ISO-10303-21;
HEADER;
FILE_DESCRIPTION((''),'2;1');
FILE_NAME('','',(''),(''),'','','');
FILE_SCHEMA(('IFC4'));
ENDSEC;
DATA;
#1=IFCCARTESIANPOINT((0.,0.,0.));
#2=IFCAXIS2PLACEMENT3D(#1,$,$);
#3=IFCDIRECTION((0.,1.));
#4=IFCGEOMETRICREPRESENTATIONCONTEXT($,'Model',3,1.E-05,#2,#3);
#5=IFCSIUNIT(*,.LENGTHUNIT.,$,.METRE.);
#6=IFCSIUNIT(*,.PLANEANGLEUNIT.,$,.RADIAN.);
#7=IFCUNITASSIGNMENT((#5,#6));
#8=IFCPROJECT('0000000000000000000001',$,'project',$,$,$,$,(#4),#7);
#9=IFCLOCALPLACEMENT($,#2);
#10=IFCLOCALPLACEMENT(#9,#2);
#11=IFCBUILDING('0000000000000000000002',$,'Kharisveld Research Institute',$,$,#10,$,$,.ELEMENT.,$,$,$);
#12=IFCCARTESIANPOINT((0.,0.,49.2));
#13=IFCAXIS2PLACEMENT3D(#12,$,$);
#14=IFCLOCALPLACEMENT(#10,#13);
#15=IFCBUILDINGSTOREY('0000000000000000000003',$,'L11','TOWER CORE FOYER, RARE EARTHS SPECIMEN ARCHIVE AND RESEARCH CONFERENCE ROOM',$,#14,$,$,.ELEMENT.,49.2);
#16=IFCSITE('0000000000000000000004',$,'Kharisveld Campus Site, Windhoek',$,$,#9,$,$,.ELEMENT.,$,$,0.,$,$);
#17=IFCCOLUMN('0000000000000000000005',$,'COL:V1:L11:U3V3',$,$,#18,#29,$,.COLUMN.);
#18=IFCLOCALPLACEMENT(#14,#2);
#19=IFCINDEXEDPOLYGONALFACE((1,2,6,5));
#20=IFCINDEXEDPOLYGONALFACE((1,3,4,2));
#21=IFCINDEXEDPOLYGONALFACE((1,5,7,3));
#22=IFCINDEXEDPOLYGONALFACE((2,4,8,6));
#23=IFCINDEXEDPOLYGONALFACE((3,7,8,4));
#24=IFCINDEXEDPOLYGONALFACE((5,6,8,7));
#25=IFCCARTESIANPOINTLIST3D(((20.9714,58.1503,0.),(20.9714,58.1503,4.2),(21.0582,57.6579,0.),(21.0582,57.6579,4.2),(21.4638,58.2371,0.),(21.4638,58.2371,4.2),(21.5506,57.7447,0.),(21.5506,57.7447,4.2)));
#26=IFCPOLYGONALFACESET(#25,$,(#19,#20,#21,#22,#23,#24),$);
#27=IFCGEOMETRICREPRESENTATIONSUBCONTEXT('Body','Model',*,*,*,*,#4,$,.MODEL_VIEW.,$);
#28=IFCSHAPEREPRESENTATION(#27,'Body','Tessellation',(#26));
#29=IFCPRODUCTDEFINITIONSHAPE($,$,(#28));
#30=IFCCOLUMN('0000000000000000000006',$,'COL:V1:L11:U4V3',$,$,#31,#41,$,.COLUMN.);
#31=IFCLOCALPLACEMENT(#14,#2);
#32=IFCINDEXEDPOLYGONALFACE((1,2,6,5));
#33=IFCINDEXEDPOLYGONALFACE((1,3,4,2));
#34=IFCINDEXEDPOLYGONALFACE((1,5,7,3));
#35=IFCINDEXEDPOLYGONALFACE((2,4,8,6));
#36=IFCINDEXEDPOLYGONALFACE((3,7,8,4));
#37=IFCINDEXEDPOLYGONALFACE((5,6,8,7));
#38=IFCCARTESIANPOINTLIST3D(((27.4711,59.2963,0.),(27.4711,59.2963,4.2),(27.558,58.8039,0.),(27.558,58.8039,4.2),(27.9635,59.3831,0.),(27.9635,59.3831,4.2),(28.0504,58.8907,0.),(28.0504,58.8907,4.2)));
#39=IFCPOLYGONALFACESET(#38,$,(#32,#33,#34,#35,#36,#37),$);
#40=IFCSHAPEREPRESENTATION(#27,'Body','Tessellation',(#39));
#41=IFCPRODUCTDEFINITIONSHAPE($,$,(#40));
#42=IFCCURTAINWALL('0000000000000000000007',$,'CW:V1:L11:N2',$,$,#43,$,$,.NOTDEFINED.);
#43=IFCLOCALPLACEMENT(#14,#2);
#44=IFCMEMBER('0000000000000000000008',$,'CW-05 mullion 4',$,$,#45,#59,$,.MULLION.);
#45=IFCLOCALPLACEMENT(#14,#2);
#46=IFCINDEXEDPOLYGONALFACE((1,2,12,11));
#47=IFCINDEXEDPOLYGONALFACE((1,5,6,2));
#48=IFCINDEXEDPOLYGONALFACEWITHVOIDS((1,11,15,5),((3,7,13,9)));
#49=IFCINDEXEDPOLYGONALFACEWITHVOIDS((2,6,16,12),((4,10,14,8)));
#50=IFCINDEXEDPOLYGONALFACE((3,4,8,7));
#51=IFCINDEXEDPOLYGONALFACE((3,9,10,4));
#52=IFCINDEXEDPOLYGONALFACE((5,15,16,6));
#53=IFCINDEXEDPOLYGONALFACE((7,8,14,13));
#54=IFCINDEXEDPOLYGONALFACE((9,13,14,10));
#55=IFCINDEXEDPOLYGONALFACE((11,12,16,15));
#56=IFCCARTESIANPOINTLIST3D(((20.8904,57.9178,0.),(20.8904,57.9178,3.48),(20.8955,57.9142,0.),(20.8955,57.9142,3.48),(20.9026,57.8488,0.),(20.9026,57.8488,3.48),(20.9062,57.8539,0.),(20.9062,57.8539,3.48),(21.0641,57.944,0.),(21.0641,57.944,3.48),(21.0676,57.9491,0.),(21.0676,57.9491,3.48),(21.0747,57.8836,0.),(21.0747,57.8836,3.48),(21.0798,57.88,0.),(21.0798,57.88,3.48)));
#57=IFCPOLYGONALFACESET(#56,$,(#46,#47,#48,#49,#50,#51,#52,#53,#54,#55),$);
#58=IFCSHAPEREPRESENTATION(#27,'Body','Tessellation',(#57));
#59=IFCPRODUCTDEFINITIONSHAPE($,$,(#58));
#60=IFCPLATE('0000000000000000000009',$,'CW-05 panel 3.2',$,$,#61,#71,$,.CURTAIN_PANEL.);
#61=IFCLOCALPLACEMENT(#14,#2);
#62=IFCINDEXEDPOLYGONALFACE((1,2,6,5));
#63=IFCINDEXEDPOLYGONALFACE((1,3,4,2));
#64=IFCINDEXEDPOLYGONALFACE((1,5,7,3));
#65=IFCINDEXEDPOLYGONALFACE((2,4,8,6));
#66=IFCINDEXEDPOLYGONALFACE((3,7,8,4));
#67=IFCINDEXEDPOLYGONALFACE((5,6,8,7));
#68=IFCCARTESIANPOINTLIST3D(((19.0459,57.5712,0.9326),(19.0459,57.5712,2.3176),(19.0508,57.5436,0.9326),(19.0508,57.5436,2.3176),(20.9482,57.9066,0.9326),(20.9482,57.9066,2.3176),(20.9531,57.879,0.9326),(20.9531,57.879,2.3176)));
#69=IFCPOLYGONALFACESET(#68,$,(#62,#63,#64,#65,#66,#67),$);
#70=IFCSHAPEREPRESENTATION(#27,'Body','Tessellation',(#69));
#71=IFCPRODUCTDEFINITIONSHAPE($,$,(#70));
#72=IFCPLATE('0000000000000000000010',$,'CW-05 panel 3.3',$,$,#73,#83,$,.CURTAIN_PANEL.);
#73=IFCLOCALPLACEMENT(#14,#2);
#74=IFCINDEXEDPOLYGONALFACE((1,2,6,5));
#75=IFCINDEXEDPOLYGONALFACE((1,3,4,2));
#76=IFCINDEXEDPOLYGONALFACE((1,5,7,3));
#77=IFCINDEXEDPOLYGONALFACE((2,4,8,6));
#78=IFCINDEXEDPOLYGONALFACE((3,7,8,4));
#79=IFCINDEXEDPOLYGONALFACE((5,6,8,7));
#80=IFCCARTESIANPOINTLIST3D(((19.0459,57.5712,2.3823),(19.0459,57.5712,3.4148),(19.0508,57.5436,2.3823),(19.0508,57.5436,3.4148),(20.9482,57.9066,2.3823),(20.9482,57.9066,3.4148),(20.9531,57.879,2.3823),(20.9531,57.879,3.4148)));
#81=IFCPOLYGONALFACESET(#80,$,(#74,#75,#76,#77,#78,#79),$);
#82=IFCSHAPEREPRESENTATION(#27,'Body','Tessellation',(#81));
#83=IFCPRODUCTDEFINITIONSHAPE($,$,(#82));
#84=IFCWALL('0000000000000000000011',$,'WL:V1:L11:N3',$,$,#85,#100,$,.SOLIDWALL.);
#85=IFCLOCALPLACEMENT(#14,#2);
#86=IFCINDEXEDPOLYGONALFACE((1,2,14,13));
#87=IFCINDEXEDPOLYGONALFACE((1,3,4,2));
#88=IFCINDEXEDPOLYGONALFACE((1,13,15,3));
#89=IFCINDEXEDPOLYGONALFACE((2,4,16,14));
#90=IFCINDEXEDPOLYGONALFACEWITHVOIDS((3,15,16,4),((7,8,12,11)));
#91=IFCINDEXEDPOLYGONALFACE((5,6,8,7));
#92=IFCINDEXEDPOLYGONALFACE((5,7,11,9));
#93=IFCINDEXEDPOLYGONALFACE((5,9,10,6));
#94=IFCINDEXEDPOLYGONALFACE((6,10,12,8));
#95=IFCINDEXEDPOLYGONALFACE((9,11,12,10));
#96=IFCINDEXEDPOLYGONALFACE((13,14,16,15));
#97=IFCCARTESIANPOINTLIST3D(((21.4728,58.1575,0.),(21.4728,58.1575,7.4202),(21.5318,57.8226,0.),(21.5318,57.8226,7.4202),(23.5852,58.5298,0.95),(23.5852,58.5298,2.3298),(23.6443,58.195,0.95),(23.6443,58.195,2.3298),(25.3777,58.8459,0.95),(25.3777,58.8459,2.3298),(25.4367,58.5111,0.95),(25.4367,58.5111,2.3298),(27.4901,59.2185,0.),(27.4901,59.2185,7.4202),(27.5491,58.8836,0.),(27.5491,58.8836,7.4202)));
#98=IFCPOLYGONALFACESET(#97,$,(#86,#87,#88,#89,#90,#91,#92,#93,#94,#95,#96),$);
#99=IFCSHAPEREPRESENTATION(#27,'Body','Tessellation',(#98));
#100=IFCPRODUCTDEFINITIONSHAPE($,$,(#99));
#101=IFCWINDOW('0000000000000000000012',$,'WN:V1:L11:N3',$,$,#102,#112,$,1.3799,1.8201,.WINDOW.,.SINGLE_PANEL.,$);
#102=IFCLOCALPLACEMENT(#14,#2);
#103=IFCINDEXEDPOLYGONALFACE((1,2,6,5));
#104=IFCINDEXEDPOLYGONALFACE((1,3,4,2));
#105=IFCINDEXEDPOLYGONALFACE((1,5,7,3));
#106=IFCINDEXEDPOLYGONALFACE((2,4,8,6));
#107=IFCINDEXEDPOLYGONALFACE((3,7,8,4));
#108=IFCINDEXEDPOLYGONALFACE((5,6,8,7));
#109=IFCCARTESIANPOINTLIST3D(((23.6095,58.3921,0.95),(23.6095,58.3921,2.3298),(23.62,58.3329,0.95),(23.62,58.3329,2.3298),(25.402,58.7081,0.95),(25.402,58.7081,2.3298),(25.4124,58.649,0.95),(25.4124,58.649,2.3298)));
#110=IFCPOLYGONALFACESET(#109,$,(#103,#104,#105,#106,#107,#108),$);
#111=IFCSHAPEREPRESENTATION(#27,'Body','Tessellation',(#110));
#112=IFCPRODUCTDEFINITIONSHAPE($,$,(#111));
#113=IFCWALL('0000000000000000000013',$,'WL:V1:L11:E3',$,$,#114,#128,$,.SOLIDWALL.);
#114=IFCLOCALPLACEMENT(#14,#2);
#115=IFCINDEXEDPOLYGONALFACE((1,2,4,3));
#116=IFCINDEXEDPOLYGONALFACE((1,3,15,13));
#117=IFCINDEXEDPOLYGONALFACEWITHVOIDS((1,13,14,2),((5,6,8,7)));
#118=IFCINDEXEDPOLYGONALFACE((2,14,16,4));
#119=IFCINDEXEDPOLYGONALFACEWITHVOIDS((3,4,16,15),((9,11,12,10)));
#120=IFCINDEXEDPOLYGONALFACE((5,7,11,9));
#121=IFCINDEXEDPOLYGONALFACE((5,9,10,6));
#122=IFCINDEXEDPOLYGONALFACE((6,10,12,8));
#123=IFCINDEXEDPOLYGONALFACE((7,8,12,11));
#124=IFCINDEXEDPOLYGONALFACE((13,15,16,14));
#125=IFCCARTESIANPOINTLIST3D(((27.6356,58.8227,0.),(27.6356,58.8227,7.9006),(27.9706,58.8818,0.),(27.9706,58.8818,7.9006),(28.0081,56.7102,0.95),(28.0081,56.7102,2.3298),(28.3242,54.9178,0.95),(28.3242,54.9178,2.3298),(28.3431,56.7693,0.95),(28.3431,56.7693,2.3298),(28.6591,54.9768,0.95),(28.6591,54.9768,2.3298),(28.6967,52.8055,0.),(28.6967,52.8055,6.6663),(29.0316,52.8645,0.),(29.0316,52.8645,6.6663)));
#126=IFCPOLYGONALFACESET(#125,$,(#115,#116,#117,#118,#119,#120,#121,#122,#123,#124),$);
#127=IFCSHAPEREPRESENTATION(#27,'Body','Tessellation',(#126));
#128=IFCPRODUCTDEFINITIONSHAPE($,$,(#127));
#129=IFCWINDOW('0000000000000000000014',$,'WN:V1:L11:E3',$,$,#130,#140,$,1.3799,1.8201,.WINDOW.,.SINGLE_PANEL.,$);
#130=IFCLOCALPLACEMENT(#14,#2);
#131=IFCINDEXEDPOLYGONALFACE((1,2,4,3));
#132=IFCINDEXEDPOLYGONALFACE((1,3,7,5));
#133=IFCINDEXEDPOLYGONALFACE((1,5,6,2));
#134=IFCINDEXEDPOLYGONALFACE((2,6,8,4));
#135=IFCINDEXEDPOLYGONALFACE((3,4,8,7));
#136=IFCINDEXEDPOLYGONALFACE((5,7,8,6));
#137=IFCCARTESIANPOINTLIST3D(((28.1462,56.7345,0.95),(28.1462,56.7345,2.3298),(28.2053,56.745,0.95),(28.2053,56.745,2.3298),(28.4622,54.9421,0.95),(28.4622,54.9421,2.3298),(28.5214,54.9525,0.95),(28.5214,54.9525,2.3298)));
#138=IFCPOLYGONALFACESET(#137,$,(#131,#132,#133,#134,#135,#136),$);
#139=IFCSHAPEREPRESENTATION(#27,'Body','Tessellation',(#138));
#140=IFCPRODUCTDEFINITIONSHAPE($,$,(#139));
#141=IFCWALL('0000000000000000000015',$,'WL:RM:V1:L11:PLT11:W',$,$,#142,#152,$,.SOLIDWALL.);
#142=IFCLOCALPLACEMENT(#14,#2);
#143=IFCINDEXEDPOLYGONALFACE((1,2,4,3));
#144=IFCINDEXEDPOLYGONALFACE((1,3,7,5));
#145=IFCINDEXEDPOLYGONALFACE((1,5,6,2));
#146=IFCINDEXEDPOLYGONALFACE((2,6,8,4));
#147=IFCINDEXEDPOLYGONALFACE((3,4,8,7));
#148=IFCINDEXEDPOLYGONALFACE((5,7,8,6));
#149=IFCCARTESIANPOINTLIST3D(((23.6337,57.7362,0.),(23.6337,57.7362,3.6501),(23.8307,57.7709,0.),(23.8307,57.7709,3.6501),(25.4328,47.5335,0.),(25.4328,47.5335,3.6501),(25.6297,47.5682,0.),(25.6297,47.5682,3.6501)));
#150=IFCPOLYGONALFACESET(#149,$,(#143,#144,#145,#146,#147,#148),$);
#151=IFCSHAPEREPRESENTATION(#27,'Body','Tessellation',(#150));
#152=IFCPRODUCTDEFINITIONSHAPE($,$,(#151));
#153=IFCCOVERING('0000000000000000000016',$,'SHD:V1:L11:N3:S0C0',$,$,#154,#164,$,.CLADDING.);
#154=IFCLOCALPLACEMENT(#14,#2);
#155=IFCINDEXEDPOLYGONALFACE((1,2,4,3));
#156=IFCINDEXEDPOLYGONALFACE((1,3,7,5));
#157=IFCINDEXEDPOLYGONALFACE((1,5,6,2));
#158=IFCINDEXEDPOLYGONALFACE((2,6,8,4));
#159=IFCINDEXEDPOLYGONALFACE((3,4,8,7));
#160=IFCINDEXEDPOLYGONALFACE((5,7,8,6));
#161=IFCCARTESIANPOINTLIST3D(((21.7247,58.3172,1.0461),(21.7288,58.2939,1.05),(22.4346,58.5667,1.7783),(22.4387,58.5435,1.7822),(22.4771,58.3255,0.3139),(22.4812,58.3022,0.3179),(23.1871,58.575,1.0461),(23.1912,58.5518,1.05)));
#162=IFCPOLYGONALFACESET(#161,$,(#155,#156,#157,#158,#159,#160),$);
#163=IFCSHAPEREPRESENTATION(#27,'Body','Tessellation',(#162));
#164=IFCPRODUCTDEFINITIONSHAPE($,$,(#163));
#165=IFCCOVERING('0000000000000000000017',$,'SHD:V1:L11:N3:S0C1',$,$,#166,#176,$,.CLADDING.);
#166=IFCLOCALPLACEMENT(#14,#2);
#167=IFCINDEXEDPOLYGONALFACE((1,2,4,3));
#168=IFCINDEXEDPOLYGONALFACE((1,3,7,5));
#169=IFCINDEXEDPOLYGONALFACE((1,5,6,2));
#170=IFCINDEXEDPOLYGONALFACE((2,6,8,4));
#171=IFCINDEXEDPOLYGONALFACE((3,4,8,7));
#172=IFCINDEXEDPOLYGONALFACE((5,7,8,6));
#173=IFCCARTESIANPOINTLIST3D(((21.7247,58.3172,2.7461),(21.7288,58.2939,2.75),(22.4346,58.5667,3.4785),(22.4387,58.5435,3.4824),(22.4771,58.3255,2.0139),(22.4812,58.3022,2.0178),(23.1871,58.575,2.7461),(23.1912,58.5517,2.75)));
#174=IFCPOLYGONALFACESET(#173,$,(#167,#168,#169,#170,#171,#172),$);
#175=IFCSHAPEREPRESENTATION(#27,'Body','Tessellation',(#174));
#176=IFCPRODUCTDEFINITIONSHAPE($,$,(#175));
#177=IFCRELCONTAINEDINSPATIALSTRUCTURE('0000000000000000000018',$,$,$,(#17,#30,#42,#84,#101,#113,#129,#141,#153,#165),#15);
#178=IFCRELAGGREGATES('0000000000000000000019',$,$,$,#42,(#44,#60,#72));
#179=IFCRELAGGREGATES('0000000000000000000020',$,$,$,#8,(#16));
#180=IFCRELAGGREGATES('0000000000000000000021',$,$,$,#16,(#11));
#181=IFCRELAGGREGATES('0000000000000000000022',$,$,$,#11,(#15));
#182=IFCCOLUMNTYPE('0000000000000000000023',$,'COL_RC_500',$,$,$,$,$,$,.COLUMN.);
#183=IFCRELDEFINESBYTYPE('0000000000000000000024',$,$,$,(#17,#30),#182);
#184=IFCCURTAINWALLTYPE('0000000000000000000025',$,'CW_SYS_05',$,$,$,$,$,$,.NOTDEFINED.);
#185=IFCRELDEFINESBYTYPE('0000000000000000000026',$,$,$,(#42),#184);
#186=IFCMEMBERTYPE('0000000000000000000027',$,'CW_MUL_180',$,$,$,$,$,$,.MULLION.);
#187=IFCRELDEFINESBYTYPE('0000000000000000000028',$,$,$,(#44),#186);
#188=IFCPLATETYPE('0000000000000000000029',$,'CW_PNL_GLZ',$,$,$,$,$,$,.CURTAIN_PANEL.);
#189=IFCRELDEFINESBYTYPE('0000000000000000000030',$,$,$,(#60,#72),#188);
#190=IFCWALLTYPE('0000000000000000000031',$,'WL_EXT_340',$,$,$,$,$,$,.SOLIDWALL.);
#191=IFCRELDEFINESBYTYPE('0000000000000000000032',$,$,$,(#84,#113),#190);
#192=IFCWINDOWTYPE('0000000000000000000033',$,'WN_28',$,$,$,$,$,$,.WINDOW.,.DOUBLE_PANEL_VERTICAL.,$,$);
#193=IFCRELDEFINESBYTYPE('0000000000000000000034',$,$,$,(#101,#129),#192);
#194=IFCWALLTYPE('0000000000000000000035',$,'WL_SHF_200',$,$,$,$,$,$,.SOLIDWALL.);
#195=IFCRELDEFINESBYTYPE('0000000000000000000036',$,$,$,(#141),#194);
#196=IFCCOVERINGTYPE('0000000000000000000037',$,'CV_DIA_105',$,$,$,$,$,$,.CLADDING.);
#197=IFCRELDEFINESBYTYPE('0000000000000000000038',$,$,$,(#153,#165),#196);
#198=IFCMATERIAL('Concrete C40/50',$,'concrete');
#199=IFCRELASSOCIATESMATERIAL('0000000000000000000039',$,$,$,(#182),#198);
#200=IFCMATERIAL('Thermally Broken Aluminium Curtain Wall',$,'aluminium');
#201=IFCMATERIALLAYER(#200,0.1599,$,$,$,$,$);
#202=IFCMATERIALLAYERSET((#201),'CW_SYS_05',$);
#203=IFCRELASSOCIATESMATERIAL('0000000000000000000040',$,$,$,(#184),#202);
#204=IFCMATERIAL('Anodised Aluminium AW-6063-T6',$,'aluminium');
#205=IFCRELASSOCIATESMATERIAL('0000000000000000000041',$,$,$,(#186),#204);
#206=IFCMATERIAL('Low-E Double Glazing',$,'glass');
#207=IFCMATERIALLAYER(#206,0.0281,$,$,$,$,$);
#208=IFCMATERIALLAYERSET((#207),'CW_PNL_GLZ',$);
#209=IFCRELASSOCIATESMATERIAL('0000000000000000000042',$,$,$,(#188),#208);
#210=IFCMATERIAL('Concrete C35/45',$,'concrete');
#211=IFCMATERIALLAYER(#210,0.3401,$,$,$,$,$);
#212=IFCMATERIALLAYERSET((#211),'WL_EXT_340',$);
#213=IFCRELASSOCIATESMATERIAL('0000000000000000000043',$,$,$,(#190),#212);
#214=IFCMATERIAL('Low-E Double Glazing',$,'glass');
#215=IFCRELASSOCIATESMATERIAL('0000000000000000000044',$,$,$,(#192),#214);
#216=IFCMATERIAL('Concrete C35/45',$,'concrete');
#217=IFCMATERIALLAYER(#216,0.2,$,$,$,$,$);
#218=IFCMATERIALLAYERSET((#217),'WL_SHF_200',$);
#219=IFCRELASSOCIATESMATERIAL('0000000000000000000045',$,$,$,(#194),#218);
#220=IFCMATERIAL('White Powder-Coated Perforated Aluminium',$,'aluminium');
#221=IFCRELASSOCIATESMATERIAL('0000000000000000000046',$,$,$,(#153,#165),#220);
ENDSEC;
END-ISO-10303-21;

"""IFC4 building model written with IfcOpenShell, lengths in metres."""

from ifc_helpers import new_model, si_unit, direction, frame, frame_2d, origin, origin_2d, place, context, subcontext, project, spatial, polyline, rectangle, hollow_rectangle, outline, extrude, material, layer, layer_set, material_profile, profile_set, type_object, element, fill, aggregate, save


model = new_model("IFC4")

# Units and contexts
model_context = context("Model", 3, precision=1e-05, world=origin(), true_north=direction((0.0, 1.0)))
body_context = subcontext(model_context, "Body", "Model", "MODEL_VIEW")
ifc_project = project(units=[si_unit("LENGTHUNIT", "METRE"), si_unit("PLANEANGLEUNIT", "RADIAN")], contexts=[model_context])

# Site, building, storey
site_placement = place(None, origin())
site = spatial("IfcSite", under=ifc_project, at=site_placement, Name="Kharisveld Campus Site, Windhoek", CompositionType="ELEMENT", RefElevation=0.0)
building_placement = place(site_placement, origin())
building = spatial("IfcBuilding", under=site, at=building_placement, Name="Kharisveld Research Institute", CompositionType="ELEMENT")
storey_placement = place(building_placement, frame((0.0, 0.0, 49.2)))
storey = spatial("IfcBuildingStorey", under=building, at=storey_placement, Name="L11", Description="TOWER CORE FOYER, RARE EARTHS SPECIMEN ARCHIVE AND RESEARCH CONFERENCE ROOM", CompositionType="ELEMENT", Elevation=49.2)

# Columns
ifc_material_1 = material(Name="Concrete C40/50", Category="concrete")
ifc_material_profile_1 = material_profile(ifc_material_1, rectangle(XDim=0.5, YDim=0.5, at=origin_2d()))
ifc_profile_set_1 = profile_set([ifc_material_profile_1], Name="Concrete C40/50")
column_type = type_object("IfcColumnType", Name="COL_RC_500", PredefinedType="COLUMN", material=ifc_profile_set_1)
for number, where, z_axis, x_axis, name in (
    (1, (21.261, 57.9475, 0.0), (0.0, 0.0, 1.0), (0.984808, 0.173648, 0.0), "COL:V1:L11:U3V3"),
    (2, (27.7607, 59.0935, 0.0), (0.0, 0.0, 1.0), (0.984808, 0.173648, 0.0), "COL:V1:L11:U4V3"),
):
    element("IfcColumn", number, at=place(storey_placement, frame(where, z_axis=z_axis, x_axis=x_axis)), inside=storey, type_object=column_type, Name=name, PredefinedType="COLUMN", context=body_context, shape_type="SweptSolid", body=[
        extrude(rectangle(XDim=0.5, YDim=0.5, at=origin_2d()), origin(), (0.0, 0.0, 1.0), 4.2),
    ])

# Curtain wall, member, plates
ifc_material_2 = material(Name="Thermally Broken Aluminium Curtain Wall", Category="aluminium")
ifc_layer_1 = layer(ifc_material_2, 0.1599)
ifc_layer_set_1 = layer_set([ifc_layer_1], Name="CW_SYS_05")
curtain_wall_type = type_object("IfcCurtainWallType", Name="CW_SYS_05", PredefinedType="NOTDEFINED", material=ifc_layer_set_1)
curtain_wall_placement = place(storey_placement, origin())
curtain_wall = element("IfcCurtainWall", 3, at=curtain_wall_placement, inside=storey, type_object=curtain_wall_type, Name="CW:V1:L11:N2", PredefinedType="NOTDEFINED")
ifc_material_3 = material(Name="Anodised Aluminium AW-6063-T6", Category="aluminium")
ifc_material_profile_2 = material_profile(ifc_material_3, hollow_rectangle(XDim=0.0701, YDim=0.1799, WallThickness=0.0044, at=origin_2d()))
ifc_profile_set_2 = profile_set([ifc_material_profile_2], Name="Anodised Aluminium AW-6063-T6")
member_type = type_object("IfcMemberType", Name="CW_MUL_180", PredefinedType="MULLION", material=ifc_profile_set_2)
member_placement = place(storey_placement, frame((20.9851, 57.8989, 0.0), z_axis=(0.0, 0.0, 1.0), x_axis=(-0.173648, 0.984808, 0.0)))
member = element("IfcMember", 4, at=member_placement, type_object=member_type, Name="CW-05 mullion 4", PredefinedType="MULLION", context=body_context, shape_type="SweptSolid", body=[
    extrude(hollow_rectangle(XDim=0.0701, YDim=0.1799, WallThickness=0.0044, at=origin_2d()), origin(), (0.0, 0.0, 1.0), 3.48),
])
ifc_material_4 = material(Name="Low-E Double Glazing", Category="glass")
ifc_layer_2 = layer(ifc_material_4, 0.0281)
ifc_layer_set_2 = layer_set([ifc_layer_2], Name="CW_PNL_GLZ")
plate_type = type_object("IfcPlateType", Name="CW_PNL_GLZ", PredefinedType="CURTAIN_PANEL", material=ifc_layer_set_2)
plate_1_placement = place(storey_placement, frame((19.9995, 57.7251, 0.9326), z_axis=(0.0, 0.0, 1.0), x_axis=(0.984808, 0.173648, 0.0)))
plate_1 = element("IfcPlate", 5, at=plate_1_placement, type_object=plate_type, Name="CW-05 panel 3.2", PredefinedType="CURTAIN_PANEL", context=body_context, shape_type="SweptSolid", body=[
    extrude(rectangle(XDim=1.9316, YDim=0.0281, at=origin_2d()), origin(), (0.0, 0.0, 1.0), 1.385),
])
plate_2_placement = place(storey_placement, frame((19.9995, 57.7251, 2.3823), z_axis=(0.0, 0.0, 1.0), x_axis=(0.984808, 0.173648, 0.0)))
plate_2 = element("IfcPlate", 6, at=plate_2_placement, type_object=plate_type, Name="CW-05 panel 3.3", PredefinedType="CURTAIN_PANEL", context=body_context, shape_type="SweptSolid", body=[
    extrude(rectangle(XDim=1.9316, YDim=0.0281, at=origin_2d()), origin(), (0.0, 0.0, 1.0), 1.0325),
])
aggregate(curtain_wall, [member, plate_1, plate_2])

# Walls, openings, windows
ifc_material_5 = material(Name="Concrete C35/45", Category="concrete")
ifc_layer_3 = layer(ifc_material_5, 0.3401)
ifc_layer_set_3 = layer_set([ifc_layer_3], Name="WL_EXT_340")
wall_type_1 = type_object("IfcWallType", Name="WL_EXT_340", PredefinedType="SOLIDWALL", material=ifc_layer_set_3)
wall_1_placement = place(storey_placement, frame((21.5022, 57.99, 0.0), z_axis=(0.0, 0.0, 1.0), x_axis=(0.984807, 0.173651, 0.0)))
wall_1 = element("IfcWall", 7, at=wall_1_placement, inside=storey, type_object=wall_type_1, Name="WL:V1:L11:N3", PredefinedType="SOLIDWALL", context=body_context, shape_type="SweptSolid", body=[
    extrude(rectangle(XDim=6.1101, YDim=0.3401, at=frame_2d((3.0552, 0.0))), origin(), (0.0, 0.0, 1.0), 7.4202),
])
opening_1_placement = place(wall_1_placement, frame((2.145, 0.0, 0.95)))
opening_1 = element("IfcOpeningElement", 8, at=opening_1_placement, cuts=wall_1, PredefinedType="OPENING", context=body_context, shape_type="SweptSolid", body=[
    extrude(rectangle(XDim=1.8201, YDim=1.3799, at=frame_2d((0.9102, 0.6899))), frame((0.0, 0.1699, 0.0), z_axis=(0.0, -1.0, 0.0), x_axis=(1.0, 0.0, 0.0)), (0.0, 0.0, 1.0), 0.3401),
])
ifc_material_6 = material(Name="Low-E Double Glazing", Category="glass")
window_type = type_object("IfcWindowType", Name="WN_28", PartitioningType="DOUBLE_PANEL_VERTICAL", PredefinedType="WINDOW", material=ifc_material_6)
window_1_placement = place(opening_1_placement, origin())
window_1 = element("IfcWindow", 9, at=window_1_placement, inside=storey, type_object=window_type, Name="WN:V1:L11:N3", OverallHeight=1.3799, OverallWidth=1.8201, PartitioningType="SINGLE_PANEL", PredefinedType="WINDOW", context=body_context, shape_type="SweptSolid", body=[
    extrude(rectangle(XDim=1.8201, YDim=1.3799, at=frame_2d((0.9102, 0.6899))), frame((0.0, 0.03, 0.0), z_axis=(0.0, -1.0, 0.0), x_axis=(1.0, 0.0, 0.0)), (0.0, 0.0, 1.0), 0.0601),
])
fill(opening_1, window_1)
wall_2_placement = place(storey_placement, frame((27.8032, 58.8523, 0.0), z_axis=(0.0, 0.0, 1.0), x_axis=(0.173651, -0.984807, 0.0)))
wall_2 = element("IfcWall", 10, at=wall_2_placement, inside=storey, type_object=wall_type_1, Name="WL:V1:L11:E3", PredefinedType="SOLIDWALL", context=body_context, shape_type="SweptSolid", body=[
    extrude(outline(polyline([(0.0, 0.0), (6.1101, 0.0), (6.1101, 6.6663), (0.0, 7.9006), (0.0, 0.0)])), frame((0.0, 0.1699, 0.0), z_axis=(0.0, -1.0, 0.0), x_axis=(1.0, 0.0, 0.0)), (0.0, 0.0, 1.0), 0.3401),
])
opening_2_placement = place(wall_2_placement, frame((2.145, 0.0, 0.95)))
opening_2 = element("IfcOpeningElement", 11, at=opening_2_placement, cuts=wall_2, PredefinedType="OPENING", context=body_context, shape_type="SweptSolid", body=[
    extrude(rectangle(XDim=1.8201, YDim=1.3799, at=frame_2d((0.9102, 0.6899))), frame((0.0, 0.1699, 0.0), z_axis=(0.0, -1.0, 0.0), x_axis=(1.0, 0.0, 0.0)), (0.0, 0.0, 1.0), 0.3401),
])
window_2_placement = place(opening_2_placement, origin())
window_2 = element("IfcWindow", 12, at=window_2_placement, inside=storey, type_object=window_type, Name="WN:V1:L11:E3", OverallHeight=1.3799, OverallWidth=1.8201, PartitioningType="SINGLE_PANEL", PredefinedType="WINDOW", context=body_context, shape_type="SweptSolid", body=[
    extrude(rectangle(XDim=1.8201, YDim=1.3799, at=frame_2d((0.9102, 0.6899))), frame((0.0, 0.03, 0.0), z_axis=(0.0, -1.0, 0.0), x_axis=(1.0, 0.0, 0.0)), (0.0, 0.0, 1.0), 0.0601),
])
fill(opening_2, window_2)

# Wall
ifc_material_7 = material(Name="Concrete C35/45", Category="concrete")
ifc_layer_4 = layer(ifc_material_7, 0.2)
ifc_layer_set_4 = layer_set([ifc_layer_4], Name="WL_SHF_200")
wall_type_2 = type_object("IfcWallType", Name="WL_SHF_200", PredefinedType="SOLIDWALL", material=ifc_layer_set_4)
wall_3_placement = place(storey_placement, frame((23.7322, 57.7537, 0.0), z_axis=(0.0, 0.0, 1.0), x_axis=(0.173655, -0.984807, 0.0)))
element("IfcWall", 13, at=wall_3_placement, inside=storey, type_object=wall_type_2, Name="WL:RM:V1:L11:PLT11:W", PredefinedType="SOLIDWALL", context=body_context, shape_type="SweptSolid", body=[
    extrude(rectangle(XDim=10.3601, YDim=0.2, at=frame_2d((5.1802, 0.0))), origin(), (0.0, 0.0, 1.0), 3.6501),
])

# Coverings
ifc_material_8 = material(Name="White Powder-Coated Perforated Aluminium", Category="aluminium")
covering_type = type_object("IfcCoveringType", Name="CV_DIA_105", PredefinedType="CLADDING")
covering_placement = place(storey_placement, frame((22.4812, 58.3022, 0.3179), z_axis=(0.171238, -0.971321, 0.164965), x_axis=(0.676189, 0.237643, 0.697349)))
element("IfcCovering", 14, at=covering_placement, inside=storey, type_object=covering_type, material=ifc_material_8, Name="SHD:V1:L11:N3:S0C0", PredefinedType="CLADDING", context=body_context, shape_type="SweptSolid", body=[
    extrude(outline(polyline([(0.0, 0.0), (1.0499, 0.0), (1.0498, 1.0499), (-0.0002, 1.0499), (0.0, 0.0)])), origin(), (0.0, 0.0, -1.0), 0.0239),
])
for number, where, z_axis, x_axis, name in (
    (15, (22.4812, 58.3022, 2.0178), (0.171239, -0.971325, 0.164938), (0.676192, 0.237624, 0.697352), "SHD:V1:L11:N3:S0C1"),
):
    element("IfcCovering", number, at=place(storey_placement, frame(where, z_axis=z_axis, x_axis=x_axis)), inside=storey, type_object=covering_type, material=ifc_material_8, Name=name, PredefinedType="CLADDING", context=body_context, shape_type="SweptSolid", body=[
        extrude(outline(polyline([(0.0, 0.0), (1.0499, 0.0), (1.0499, 1.0501), (-0.0002, 1.0499), (0.0, 0.0)])), origin(), (0.0, 0.0, -1.0), 0.0239),
    ])

save(model, "model.ifc")
